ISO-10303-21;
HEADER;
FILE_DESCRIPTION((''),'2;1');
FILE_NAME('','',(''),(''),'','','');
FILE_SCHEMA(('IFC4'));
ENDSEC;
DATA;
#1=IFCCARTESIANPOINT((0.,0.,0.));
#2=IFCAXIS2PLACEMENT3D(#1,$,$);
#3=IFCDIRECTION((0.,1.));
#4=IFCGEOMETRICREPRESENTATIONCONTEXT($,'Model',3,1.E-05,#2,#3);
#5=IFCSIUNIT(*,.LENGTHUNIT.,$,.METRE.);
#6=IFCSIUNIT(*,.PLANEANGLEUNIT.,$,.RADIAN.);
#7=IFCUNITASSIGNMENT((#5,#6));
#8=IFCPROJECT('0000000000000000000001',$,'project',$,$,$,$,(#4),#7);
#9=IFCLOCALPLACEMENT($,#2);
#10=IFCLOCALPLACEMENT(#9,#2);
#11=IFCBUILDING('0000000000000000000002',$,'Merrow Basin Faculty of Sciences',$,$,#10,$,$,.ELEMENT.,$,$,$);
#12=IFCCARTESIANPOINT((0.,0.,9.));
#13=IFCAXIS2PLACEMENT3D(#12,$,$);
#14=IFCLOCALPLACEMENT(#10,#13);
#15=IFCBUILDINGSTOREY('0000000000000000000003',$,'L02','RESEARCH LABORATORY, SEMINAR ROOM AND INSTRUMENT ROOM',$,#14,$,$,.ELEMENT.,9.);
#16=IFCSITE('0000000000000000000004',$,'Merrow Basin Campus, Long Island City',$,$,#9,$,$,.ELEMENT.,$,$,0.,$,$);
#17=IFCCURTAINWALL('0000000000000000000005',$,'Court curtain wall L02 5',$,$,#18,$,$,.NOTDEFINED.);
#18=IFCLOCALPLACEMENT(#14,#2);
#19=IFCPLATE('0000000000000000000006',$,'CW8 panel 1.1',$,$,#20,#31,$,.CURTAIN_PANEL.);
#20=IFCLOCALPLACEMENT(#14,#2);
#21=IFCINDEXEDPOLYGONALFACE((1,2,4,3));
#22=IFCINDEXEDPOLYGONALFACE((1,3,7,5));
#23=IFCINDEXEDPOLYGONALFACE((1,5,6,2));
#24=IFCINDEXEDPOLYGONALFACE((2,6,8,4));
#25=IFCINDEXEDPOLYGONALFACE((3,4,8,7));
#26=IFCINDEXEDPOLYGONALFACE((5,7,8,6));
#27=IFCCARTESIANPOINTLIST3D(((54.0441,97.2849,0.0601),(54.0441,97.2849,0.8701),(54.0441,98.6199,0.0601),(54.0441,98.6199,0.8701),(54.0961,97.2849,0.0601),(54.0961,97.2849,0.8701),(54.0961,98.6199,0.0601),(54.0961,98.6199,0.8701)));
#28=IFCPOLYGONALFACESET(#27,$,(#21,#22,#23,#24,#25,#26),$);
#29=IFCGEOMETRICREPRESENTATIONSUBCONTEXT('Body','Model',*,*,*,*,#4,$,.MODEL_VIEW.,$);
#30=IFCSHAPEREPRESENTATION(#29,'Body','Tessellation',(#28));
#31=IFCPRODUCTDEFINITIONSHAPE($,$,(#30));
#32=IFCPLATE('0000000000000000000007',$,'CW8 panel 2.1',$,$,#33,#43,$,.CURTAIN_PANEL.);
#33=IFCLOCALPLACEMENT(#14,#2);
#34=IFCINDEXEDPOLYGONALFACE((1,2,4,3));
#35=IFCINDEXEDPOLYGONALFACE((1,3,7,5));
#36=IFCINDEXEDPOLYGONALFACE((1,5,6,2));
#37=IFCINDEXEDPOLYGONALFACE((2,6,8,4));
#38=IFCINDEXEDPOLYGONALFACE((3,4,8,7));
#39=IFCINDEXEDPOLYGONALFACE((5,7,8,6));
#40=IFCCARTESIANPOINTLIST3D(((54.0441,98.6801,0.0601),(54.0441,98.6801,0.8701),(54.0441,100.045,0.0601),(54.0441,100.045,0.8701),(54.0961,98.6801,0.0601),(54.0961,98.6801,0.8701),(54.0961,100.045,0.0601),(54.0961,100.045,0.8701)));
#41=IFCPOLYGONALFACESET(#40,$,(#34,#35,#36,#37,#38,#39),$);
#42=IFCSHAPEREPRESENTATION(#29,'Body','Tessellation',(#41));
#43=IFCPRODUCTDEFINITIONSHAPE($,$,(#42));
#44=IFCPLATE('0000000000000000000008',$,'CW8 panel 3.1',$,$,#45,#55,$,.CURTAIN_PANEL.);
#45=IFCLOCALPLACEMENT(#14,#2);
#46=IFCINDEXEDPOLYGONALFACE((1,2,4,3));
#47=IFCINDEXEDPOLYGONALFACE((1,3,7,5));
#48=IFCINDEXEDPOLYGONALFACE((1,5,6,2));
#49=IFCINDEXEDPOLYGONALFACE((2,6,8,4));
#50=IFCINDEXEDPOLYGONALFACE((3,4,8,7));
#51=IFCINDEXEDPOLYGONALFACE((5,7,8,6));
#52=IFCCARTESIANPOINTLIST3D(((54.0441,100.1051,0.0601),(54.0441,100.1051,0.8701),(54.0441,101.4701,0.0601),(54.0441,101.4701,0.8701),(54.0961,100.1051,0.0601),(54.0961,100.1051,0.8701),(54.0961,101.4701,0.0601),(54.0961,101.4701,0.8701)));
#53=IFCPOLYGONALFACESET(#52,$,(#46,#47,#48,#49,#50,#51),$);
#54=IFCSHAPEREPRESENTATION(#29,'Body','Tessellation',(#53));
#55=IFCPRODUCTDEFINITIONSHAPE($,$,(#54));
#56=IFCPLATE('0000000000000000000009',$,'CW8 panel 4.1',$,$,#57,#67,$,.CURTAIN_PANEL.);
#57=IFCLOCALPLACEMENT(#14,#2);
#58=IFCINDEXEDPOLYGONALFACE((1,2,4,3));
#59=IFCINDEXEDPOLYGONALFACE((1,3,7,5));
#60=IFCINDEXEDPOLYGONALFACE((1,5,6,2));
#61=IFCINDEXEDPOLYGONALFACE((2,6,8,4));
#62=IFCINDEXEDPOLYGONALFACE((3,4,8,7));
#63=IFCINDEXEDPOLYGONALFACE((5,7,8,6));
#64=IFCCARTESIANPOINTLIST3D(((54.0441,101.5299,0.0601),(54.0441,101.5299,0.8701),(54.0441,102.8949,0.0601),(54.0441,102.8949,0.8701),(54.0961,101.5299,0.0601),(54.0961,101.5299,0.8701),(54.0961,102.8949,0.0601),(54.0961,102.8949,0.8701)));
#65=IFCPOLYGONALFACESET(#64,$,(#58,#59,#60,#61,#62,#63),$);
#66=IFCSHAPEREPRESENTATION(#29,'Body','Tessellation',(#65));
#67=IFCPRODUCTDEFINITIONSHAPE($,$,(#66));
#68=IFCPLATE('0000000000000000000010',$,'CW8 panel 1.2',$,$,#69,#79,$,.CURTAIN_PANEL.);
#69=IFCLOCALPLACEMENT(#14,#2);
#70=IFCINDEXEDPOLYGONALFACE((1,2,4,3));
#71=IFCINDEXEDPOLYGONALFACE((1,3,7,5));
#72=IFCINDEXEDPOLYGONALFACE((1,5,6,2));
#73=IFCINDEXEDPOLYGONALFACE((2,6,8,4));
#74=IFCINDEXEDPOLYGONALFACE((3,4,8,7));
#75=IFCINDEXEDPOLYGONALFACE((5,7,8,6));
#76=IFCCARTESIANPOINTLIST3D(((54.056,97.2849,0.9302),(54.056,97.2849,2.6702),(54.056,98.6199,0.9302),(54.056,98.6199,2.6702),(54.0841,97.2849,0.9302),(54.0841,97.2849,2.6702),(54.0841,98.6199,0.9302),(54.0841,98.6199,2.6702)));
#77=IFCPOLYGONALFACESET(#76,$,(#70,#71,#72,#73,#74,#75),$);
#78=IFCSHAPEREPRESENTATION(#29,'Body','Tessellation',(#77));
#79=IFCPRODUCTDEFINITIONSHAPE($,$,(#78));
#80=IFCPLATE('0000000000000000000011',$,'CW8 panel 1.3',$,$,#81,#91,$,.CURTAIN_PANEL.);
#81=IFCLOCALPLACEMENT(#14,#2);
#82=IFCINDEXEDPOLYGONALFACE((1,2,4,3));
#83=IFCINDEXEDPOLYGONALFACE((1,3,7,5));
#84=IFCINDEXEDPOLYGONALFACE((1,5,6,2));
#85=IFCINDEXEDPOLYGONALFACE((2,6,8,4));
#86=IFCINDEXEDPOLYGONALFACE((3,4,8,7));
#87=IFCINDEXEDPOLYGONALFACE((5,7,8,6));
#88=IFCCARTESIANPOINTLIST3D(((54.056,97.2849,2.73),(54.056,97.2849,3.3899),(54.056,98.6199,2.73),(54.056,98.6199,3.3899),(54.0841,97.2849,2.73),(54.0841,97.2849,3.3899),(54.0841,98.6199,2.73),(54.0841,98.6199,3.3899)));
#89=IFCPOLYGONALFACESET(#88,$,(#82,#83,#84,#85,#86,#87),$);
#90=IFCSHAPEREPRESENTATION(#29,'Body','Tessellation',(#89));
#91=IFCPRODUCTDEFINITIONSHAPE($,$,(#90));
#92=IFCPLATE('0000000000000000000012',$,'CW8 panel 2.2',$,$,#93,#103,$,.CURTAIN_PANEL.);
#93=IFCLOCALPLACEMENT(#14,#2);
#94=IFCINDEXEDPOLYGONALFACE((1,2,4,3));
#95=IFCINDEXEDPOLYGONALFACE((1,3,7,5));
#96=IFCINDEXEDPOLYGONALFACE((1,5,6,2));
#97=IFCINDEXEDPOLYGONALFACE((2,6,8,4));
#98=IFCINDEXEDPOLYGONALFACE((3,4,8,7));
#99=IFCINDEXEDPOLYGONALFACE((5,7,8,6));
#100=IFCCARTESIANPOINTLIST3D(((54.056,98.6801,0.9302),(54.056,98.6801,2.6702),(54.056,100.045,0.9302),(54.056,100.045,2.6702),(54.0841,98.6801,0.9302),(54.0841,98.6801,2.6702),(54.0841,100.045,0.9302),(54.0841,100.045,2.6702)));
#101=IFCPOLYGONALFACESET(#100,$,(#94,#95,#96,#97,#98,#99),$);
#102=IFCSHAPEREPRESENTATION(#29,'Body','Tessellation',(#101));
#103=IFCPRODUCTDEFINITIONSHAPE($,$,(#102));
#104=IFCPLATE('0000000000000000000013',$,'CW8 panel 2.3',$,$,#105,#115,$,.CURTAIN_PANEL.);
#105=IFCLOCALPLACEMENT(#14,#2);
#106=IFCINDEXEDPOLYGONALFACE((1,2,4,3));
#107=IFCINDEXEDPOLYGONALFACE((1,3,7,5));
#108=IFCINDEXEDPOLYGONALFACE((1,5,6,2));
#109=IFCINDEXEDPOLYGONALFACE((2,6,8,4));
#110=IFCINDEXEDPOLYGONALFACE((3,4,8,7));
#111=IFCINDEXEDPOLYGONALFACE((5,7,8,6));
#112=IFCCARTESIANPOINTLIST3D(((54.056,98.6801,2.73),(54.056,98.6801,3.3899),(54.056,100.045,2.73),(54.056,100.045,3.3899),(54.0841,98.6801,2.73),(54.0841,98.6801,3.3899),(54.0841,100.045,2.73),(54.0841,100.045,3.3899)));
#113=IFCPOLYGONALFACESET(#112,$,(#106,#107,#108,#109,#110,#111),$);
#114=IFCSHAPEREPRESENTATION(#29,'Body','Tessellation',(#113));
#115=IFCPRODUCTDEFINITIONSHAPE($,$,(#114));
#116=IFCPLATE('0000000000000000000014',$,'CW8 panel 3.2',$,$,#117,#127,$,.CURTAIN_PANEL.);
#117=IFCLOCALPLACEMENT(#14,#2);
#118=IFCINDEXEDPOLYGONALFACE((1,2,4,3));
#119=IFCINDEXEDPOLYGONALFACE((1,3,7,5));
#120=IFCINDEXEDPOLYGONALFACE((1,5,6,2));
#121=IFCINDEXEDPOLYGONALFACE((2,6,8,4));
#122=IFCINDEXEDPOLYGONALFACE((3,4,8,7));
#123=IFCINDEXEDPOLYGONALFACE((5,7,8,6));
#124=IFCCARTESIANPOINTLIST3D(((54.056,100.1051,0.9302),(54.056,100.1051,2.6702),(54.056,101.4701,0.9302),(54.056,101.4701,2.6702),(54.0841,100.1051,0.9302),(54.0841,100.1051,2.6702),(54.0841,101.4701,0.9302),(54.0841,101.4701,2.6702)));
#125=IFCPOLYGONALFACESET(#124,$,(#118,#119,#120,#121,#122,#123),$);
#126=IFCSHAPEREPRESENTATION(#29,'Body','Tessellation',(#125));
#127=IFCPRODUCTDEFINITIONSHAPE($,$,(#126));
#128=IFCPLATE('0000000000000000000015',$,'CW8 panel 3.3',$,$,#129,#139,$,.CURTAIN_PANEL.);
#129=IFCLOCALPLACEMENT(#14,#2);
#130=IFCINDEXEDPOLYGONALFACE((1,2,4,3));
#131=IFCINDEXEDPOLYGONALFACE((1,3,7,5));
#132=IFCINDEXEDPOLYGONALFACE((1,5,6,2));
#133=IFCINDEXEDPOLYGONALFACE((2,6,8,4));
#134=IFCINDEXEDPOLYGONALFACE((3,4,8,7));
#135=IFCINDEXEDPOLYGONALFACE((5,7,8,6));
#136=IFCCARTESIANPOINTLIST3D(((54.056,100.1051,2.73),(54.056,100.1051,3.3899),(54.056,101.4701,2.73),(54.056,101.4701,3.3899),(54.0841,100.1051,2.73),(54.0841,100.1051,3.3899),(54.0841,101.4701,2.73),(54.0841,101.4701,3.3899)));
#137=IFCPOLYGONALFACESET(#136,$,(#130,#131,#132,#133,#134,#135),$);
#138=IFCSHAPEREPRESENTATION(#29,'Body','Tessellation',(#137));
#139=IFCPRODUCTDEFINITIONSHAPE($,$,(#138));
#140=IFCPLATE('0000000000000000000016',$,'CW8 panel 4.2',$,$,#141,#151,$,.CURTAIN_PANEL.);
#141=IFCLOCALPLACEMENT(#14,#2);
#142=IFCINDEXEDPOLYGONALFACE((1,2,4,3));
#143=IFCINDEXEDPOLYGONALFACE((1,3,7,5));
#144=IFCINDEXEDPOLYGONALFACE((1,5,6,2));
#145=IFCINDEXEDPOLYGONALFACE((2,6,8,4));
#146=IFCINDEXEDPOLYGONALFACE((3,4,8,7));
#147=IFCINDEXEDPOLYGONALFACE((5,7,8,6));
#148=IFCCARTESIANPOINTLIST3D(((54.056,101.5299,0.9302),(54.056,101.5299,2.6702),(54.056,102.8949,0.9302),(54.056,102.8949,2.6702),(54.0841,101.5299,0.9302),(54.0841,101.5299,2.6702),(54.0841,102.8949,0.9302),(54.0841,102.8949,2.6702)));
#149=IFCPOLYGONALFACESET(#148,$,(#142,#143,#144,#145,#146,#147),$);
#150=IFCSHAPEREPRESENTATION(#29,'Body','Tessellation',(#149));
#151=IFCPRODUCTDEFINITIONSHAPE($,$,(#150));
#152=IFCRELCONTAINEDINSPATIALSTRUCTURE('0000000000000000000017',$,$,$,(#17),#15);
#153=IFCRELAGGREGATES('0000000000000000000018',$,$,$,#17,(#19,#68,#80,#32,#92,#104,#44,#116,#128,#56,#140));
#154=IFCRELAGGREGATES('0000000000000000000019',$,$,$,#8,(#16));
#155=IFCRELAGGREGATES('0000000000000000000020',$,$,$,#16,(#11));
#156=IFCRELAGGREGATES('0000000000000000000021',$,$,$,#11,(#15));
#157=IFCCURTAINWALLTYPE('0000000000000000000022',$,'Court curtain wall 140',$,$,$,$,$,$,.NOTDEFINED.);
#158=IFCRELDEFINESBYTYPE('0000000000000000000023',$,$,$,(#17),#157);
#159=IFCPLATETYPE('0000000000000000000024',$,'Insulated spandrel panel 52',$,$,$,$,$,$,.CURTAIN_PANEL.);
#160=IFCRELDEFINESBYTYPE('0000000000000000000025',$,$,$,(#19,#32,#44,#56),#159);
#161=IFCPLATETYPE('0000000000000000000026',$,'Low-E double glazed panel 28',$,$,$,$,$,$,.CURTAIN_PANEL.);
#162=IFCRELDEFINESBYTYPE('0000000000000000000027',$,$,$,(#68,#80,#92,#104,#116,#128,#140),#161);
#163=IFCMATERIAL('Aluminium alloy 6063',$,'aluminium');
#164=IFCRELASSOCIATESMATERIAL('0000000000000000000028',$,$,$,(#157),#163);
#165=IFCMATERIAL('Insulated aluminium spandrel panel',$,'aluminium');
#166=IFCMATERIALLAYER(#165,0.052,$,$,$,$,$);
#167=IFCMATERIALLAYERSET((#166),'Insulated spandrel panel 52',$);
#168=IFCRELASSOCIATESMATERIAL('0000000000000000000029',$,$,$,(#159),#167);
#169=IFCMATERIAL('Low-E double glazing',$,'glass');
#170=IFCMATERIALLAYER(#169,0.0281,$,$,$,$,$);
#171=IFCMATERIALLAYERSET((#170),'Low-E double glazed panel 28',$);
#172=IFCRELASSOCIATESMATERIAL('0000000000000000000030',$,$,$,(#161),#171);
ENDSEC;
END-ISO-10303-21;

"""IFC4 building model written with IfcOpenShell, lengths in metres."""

from ifc_helpers import new_model, si_unit, direction, frame, origin, origin_2d, place, context, subcontext, project, spatial, rectangle, extrude, material, layer, layer_set, type_object, element, aggregate, save


model = new_model("IFC4")

# Units and contexts
model_context = context("Model", 3, precision=1e-05, world=origin(), true_north=direction((0.0, 1.0)))
body_context = subcontext(model_context, "Body", "Model", "MODEL_VIEW")
ifc_project = project(units=[si_unit("LENGTHUNIT", "METRE"), si_unit("PLANEANGLEUNIT", "RADIAN")], contexts=[model_context])

# Site, building, storey
site_placement = place(None, origin())
site = spatial("IfcSite", under=ifc_project, at=site_placement, Name="Merrow Basin Campus, Long Island City", CompositionType="ELEMENT", RefElevation=0.0)
building_placement = place(site_placement, origin())
building = spatial("IfcBuilding", under=site, at=building_placement, Name="Merrow Basin Faculty of Sciences", CompositionType="ELEMENT")
storey_placement = place(building_placement, frame((0.0, 0.0, 9.0)))
storey = spatial("IfcBuildingStorey", under=building, at=storey_placement, Name="L02", Description="RESEARCH LABORATORY, SEMINAR ROOM AND INSTRUMENT ROOM", CompositionType="ELEMENT", Elevation=9.0)

# Curtain wall, plates
ifc_material_1 = material(Name="Aluminium alloy 6063", Category="aluminium")
curtain_wall_type = type_object("IfcCurtainWallType", Name="Court curtain wall 140", PredefinedType="NOTDEFINED", material=ifc_material_1)
curtain_wall_placement = place(storey_placement, origin())
curtain_wall = element("IfcCurtainWall", 1, at=curtain_wall_placement, inside=storey, type_object=curtain_wall_type, Name="Court curtain wall L02 5", PredefinedType="NOTDEFINED")
ifc_material_2 = material(Name="Insulated aluminium spandrel panel", Category="aluminium")
ifc_layer_1 = layer(ifc_material_2, 0.052)
ifc_layer_set_1 = layer_set([ifc_layer_1], Name="Insulated spandrel panel 52")
plate_type_1 = type_object("IfcPlateType", Name="Insulated spandrel panel 52", PredefinedType="CURTAIN_PANEL", material=ifc_layer_set_1)
plate_1_placement = place(storey_placement, frame((54.0701, 97.9524, 0.0601), z_axis=(0.0, 0.0, 1.0), x_axis=(0.0, 1.0, 0.0)))
plate_1 = element("IfcPlate", 2, at=plate_1_placement, type_object=plate_type_1, Name="CW8 panel 1.1", PredefinedType="CURTAIN_PANEL", context=body_context, shape_type="SweptSolid", body=[
    extrude(rectangle(XDim=1.335, YDim=0.052, at=origin_2d()), origin(), (0.0, 0.0, 1.0), 0.8101),
])
plate_2_placement = place(storey_placement, frame((54.0701, 99.3625, 0.0601), z_axis=(0.0, 0.0, 1.0), x_axis=(0.0, 1.0, 0.0)))
plate_2 = element("IfcPlate", 3, at=plate_2_placement, type_object=plate_type_1, Name="CW8 panel 2.1", PredefinedType="CURTAIN_PANEL", context=body_context, shape_type="SweptSolid", body=[
    extrude(rectangle(XDim=1.365, YDim=0.052, at=origin_2d()), origin(), (0.0, 0.0, 1.0), 0.8101),
])
plate_3_placement = place(storey_placement, frame((54.0701, 100.7876, 0.0601), z_axis=(0.0, 0.0, 1.0), x_axis=(0.0, 1.0, 0.0)))
plate_3 = element("IfcPlate", 4, at=plate_3_placement, type_object=plate_type_1, Name="CW8 panel 3.1", PredefinedType="CURTAIN_PANEL", context=body_context, shape_type="SweptSolid", body=[
    extrude(rectangle(XDim=1.365, YDim=0.052, at=origin_2d()), origin(), (0.0, 0.0, 1.0), 0.8101),
])
plate_4_placement = place(storey_placement, frame((54.0701, 102.2124, 0.0601), z_axis=(0.0, 0.0, 1.0), x_axis=(0.0, 1.0, 0.0)))
plate_4 = element("IfcPlate", 5, at=plate_4_placement, type_object=plate_type_1, Name="CW8 panel 4.1", PredefinedType="CURTAIN_PANEL", context=body_context, shape_type="SweptSolid", body=[
    extrude(rectangle(XDim=1.365, YDim=0.052, at=origin_2d()), origin(), (0.0, 0.0, 1.0), 0.8101),
])
ifc_material_3 = material(Name="Low-E double glazing", Category="glass")
ifc_layer_2 = layer(ifc_material_3, 0.0281)
ifc_layer_set_2 = layer_set([ifc_layer_2], Name="Low-E double glazed panel 28")
plate_type_2 = type_object("IfcPlateType", Name="Low-E double glazed panel 28", PredefinedType="CURTAIN_PANEL", material=ifc_layer_set_2)
plate_5_placement = place(storey_placement, frame((54.0701, 97.9524, 0.9302), z_axis=(0.0, 0.0, 1.0), x_axis=(0.0, 1.0, 0.0)))
plate_5 = element("IfcPlate", 6, at=plate_5_placement, type_object=plate_type_2, Name="CW8 panel 1.2", PredefinedType="CURTAIN_PANEL", context=body_context, shape_type="SweptSolid", body=[
    extrude(rectangle(XDim=1.335, YDim=0.0281, at=origin_2d()), origin(), (0.0, 0.0, 1.0), 1.74),
])
plate_6_placement = place(storey_placement, frame((54.0701, 97.9524, 2.73), z_axis=(0.0, 0.0, 1.0), x_axis=(0.0, 1.0, 0.0)))
plate_6 = element("IfcPlate", 7, at=plate_6_placement, type_object=plate_type_2, Name="CW8 panel 1.3", PredefinedType="CURTAIN_PANEL", context=body_context, shape_type="SweptSolid", body=[
    extrude(rectangle(XDim=1.335, YDim=0.0281, at=origin_2d()), origin(), (0.0, 0.0, 1.0), 0.6599),
])
plate_7_placement = place(storey_placement, frame((54.0701, 99.3625, 0.9302), z_axis=(0.0, 0.0, 1.0), x_axis=(0.0, 1.0, 0.0)))
plate_7 = element("IfcPlate", 8, at=plate_7_placement, type_object=plate_type_2, Name="CW8 panel 2.2", PredefinedType="CURTAIN_PANEL", context=body_context, shape_type="SweptSolid", body=[
    extrude(rectangle(XDim=1.365, YDim=0.0281, at=origin_2d()), origin(), (0.0, 0.0, 1.0), 1.74),
])
plate_8_placement = place(storey_placement, frame((54.0701, 99.3625, 2.73), z_axis=(0.0, 0.0, 1.0), x_axis=(0.0, 1.0, 0.0)))
plate_8 = element("IfcPlate", 9, at=plate_8_placement, type_object=plate_type_2, Name="CW8 panel 2.3", PredefinedType="CURTAIN_PANEL", context=body_context, shape_type="SweptSolid", body=[
    extrude(rectangle(XDim=1.365, YDim=0.0281, at=origin_2d()), origin(), (0.0, 0.0, 1.0), 0.6599),
])
plate_9_placement = place(storey_placement, frame((54.0701, 100.7876, 0.9302), z_axis=(0.0, 0.0, 1.0), x_axis=(0.0, 1.0, 0.0)))
plate_9 = element("IfcPlate", 10, at=plate_9_placement, type_object=plate_type_2, Name="CW8 panel 3.2", PredefinedType="CURTAIN_PANEL", context=body_context, shape_type="SweptSolid", body=[
    extrude(rectangle(XDim=1.365, YDim=0.0281, at=origin_2d()), origin(), (0.0, 0.0, 1.0), 1.74),
])
plate_10_placement = place(storey_placement, frame((54.0701, 100.7876, 2.73), z_axis=(0.0, 0.0, 1.0), x_axis=(0.0, 1.0, 0.0)))
plate_10 = element("IfcPlate", 11, at=plate_10_placement, type_object=plate_type_2, Name="CW8 panel 3.3", PredefinedType="CURTAIN_PANEL", context=body_context, shape_type="SweptSolid", body=[
    extrude(rectangle(XDim=1.365, YDim=0.0281, at=origin_2d()), origin(), (0.0, 0.0, 1.0), 0.6599),
])
plate_11_placement = place(storey_placement, frame((54.0701, 102.2124, 0.9302), z_axis=(0.0, 0.0, 1.0), x_axis=(0.0, 1.0, 0.0)))
plate_11 = element("IfcPlate", 12, at=plate_11_placement, type_object=plate_type_2, Name="CW8 panel 4.2", PredefinedType="CURTAIN_PANEL", context=body_context, shape_type="SweptSolid", body=[
    extrude(rectangle(XDim=1.365, YDim=0.0281, at=origin_2d()), origin(), (0.0, 0.0, 1.0), 1.74),
])
aggregate(curtain_wall, [plate_1, plate_5, plate_6, plate_2, plate_7, plate_8, plate_3, plate_9, plate_10, plate_4, plate_11])

save(model, "model.ifc")
